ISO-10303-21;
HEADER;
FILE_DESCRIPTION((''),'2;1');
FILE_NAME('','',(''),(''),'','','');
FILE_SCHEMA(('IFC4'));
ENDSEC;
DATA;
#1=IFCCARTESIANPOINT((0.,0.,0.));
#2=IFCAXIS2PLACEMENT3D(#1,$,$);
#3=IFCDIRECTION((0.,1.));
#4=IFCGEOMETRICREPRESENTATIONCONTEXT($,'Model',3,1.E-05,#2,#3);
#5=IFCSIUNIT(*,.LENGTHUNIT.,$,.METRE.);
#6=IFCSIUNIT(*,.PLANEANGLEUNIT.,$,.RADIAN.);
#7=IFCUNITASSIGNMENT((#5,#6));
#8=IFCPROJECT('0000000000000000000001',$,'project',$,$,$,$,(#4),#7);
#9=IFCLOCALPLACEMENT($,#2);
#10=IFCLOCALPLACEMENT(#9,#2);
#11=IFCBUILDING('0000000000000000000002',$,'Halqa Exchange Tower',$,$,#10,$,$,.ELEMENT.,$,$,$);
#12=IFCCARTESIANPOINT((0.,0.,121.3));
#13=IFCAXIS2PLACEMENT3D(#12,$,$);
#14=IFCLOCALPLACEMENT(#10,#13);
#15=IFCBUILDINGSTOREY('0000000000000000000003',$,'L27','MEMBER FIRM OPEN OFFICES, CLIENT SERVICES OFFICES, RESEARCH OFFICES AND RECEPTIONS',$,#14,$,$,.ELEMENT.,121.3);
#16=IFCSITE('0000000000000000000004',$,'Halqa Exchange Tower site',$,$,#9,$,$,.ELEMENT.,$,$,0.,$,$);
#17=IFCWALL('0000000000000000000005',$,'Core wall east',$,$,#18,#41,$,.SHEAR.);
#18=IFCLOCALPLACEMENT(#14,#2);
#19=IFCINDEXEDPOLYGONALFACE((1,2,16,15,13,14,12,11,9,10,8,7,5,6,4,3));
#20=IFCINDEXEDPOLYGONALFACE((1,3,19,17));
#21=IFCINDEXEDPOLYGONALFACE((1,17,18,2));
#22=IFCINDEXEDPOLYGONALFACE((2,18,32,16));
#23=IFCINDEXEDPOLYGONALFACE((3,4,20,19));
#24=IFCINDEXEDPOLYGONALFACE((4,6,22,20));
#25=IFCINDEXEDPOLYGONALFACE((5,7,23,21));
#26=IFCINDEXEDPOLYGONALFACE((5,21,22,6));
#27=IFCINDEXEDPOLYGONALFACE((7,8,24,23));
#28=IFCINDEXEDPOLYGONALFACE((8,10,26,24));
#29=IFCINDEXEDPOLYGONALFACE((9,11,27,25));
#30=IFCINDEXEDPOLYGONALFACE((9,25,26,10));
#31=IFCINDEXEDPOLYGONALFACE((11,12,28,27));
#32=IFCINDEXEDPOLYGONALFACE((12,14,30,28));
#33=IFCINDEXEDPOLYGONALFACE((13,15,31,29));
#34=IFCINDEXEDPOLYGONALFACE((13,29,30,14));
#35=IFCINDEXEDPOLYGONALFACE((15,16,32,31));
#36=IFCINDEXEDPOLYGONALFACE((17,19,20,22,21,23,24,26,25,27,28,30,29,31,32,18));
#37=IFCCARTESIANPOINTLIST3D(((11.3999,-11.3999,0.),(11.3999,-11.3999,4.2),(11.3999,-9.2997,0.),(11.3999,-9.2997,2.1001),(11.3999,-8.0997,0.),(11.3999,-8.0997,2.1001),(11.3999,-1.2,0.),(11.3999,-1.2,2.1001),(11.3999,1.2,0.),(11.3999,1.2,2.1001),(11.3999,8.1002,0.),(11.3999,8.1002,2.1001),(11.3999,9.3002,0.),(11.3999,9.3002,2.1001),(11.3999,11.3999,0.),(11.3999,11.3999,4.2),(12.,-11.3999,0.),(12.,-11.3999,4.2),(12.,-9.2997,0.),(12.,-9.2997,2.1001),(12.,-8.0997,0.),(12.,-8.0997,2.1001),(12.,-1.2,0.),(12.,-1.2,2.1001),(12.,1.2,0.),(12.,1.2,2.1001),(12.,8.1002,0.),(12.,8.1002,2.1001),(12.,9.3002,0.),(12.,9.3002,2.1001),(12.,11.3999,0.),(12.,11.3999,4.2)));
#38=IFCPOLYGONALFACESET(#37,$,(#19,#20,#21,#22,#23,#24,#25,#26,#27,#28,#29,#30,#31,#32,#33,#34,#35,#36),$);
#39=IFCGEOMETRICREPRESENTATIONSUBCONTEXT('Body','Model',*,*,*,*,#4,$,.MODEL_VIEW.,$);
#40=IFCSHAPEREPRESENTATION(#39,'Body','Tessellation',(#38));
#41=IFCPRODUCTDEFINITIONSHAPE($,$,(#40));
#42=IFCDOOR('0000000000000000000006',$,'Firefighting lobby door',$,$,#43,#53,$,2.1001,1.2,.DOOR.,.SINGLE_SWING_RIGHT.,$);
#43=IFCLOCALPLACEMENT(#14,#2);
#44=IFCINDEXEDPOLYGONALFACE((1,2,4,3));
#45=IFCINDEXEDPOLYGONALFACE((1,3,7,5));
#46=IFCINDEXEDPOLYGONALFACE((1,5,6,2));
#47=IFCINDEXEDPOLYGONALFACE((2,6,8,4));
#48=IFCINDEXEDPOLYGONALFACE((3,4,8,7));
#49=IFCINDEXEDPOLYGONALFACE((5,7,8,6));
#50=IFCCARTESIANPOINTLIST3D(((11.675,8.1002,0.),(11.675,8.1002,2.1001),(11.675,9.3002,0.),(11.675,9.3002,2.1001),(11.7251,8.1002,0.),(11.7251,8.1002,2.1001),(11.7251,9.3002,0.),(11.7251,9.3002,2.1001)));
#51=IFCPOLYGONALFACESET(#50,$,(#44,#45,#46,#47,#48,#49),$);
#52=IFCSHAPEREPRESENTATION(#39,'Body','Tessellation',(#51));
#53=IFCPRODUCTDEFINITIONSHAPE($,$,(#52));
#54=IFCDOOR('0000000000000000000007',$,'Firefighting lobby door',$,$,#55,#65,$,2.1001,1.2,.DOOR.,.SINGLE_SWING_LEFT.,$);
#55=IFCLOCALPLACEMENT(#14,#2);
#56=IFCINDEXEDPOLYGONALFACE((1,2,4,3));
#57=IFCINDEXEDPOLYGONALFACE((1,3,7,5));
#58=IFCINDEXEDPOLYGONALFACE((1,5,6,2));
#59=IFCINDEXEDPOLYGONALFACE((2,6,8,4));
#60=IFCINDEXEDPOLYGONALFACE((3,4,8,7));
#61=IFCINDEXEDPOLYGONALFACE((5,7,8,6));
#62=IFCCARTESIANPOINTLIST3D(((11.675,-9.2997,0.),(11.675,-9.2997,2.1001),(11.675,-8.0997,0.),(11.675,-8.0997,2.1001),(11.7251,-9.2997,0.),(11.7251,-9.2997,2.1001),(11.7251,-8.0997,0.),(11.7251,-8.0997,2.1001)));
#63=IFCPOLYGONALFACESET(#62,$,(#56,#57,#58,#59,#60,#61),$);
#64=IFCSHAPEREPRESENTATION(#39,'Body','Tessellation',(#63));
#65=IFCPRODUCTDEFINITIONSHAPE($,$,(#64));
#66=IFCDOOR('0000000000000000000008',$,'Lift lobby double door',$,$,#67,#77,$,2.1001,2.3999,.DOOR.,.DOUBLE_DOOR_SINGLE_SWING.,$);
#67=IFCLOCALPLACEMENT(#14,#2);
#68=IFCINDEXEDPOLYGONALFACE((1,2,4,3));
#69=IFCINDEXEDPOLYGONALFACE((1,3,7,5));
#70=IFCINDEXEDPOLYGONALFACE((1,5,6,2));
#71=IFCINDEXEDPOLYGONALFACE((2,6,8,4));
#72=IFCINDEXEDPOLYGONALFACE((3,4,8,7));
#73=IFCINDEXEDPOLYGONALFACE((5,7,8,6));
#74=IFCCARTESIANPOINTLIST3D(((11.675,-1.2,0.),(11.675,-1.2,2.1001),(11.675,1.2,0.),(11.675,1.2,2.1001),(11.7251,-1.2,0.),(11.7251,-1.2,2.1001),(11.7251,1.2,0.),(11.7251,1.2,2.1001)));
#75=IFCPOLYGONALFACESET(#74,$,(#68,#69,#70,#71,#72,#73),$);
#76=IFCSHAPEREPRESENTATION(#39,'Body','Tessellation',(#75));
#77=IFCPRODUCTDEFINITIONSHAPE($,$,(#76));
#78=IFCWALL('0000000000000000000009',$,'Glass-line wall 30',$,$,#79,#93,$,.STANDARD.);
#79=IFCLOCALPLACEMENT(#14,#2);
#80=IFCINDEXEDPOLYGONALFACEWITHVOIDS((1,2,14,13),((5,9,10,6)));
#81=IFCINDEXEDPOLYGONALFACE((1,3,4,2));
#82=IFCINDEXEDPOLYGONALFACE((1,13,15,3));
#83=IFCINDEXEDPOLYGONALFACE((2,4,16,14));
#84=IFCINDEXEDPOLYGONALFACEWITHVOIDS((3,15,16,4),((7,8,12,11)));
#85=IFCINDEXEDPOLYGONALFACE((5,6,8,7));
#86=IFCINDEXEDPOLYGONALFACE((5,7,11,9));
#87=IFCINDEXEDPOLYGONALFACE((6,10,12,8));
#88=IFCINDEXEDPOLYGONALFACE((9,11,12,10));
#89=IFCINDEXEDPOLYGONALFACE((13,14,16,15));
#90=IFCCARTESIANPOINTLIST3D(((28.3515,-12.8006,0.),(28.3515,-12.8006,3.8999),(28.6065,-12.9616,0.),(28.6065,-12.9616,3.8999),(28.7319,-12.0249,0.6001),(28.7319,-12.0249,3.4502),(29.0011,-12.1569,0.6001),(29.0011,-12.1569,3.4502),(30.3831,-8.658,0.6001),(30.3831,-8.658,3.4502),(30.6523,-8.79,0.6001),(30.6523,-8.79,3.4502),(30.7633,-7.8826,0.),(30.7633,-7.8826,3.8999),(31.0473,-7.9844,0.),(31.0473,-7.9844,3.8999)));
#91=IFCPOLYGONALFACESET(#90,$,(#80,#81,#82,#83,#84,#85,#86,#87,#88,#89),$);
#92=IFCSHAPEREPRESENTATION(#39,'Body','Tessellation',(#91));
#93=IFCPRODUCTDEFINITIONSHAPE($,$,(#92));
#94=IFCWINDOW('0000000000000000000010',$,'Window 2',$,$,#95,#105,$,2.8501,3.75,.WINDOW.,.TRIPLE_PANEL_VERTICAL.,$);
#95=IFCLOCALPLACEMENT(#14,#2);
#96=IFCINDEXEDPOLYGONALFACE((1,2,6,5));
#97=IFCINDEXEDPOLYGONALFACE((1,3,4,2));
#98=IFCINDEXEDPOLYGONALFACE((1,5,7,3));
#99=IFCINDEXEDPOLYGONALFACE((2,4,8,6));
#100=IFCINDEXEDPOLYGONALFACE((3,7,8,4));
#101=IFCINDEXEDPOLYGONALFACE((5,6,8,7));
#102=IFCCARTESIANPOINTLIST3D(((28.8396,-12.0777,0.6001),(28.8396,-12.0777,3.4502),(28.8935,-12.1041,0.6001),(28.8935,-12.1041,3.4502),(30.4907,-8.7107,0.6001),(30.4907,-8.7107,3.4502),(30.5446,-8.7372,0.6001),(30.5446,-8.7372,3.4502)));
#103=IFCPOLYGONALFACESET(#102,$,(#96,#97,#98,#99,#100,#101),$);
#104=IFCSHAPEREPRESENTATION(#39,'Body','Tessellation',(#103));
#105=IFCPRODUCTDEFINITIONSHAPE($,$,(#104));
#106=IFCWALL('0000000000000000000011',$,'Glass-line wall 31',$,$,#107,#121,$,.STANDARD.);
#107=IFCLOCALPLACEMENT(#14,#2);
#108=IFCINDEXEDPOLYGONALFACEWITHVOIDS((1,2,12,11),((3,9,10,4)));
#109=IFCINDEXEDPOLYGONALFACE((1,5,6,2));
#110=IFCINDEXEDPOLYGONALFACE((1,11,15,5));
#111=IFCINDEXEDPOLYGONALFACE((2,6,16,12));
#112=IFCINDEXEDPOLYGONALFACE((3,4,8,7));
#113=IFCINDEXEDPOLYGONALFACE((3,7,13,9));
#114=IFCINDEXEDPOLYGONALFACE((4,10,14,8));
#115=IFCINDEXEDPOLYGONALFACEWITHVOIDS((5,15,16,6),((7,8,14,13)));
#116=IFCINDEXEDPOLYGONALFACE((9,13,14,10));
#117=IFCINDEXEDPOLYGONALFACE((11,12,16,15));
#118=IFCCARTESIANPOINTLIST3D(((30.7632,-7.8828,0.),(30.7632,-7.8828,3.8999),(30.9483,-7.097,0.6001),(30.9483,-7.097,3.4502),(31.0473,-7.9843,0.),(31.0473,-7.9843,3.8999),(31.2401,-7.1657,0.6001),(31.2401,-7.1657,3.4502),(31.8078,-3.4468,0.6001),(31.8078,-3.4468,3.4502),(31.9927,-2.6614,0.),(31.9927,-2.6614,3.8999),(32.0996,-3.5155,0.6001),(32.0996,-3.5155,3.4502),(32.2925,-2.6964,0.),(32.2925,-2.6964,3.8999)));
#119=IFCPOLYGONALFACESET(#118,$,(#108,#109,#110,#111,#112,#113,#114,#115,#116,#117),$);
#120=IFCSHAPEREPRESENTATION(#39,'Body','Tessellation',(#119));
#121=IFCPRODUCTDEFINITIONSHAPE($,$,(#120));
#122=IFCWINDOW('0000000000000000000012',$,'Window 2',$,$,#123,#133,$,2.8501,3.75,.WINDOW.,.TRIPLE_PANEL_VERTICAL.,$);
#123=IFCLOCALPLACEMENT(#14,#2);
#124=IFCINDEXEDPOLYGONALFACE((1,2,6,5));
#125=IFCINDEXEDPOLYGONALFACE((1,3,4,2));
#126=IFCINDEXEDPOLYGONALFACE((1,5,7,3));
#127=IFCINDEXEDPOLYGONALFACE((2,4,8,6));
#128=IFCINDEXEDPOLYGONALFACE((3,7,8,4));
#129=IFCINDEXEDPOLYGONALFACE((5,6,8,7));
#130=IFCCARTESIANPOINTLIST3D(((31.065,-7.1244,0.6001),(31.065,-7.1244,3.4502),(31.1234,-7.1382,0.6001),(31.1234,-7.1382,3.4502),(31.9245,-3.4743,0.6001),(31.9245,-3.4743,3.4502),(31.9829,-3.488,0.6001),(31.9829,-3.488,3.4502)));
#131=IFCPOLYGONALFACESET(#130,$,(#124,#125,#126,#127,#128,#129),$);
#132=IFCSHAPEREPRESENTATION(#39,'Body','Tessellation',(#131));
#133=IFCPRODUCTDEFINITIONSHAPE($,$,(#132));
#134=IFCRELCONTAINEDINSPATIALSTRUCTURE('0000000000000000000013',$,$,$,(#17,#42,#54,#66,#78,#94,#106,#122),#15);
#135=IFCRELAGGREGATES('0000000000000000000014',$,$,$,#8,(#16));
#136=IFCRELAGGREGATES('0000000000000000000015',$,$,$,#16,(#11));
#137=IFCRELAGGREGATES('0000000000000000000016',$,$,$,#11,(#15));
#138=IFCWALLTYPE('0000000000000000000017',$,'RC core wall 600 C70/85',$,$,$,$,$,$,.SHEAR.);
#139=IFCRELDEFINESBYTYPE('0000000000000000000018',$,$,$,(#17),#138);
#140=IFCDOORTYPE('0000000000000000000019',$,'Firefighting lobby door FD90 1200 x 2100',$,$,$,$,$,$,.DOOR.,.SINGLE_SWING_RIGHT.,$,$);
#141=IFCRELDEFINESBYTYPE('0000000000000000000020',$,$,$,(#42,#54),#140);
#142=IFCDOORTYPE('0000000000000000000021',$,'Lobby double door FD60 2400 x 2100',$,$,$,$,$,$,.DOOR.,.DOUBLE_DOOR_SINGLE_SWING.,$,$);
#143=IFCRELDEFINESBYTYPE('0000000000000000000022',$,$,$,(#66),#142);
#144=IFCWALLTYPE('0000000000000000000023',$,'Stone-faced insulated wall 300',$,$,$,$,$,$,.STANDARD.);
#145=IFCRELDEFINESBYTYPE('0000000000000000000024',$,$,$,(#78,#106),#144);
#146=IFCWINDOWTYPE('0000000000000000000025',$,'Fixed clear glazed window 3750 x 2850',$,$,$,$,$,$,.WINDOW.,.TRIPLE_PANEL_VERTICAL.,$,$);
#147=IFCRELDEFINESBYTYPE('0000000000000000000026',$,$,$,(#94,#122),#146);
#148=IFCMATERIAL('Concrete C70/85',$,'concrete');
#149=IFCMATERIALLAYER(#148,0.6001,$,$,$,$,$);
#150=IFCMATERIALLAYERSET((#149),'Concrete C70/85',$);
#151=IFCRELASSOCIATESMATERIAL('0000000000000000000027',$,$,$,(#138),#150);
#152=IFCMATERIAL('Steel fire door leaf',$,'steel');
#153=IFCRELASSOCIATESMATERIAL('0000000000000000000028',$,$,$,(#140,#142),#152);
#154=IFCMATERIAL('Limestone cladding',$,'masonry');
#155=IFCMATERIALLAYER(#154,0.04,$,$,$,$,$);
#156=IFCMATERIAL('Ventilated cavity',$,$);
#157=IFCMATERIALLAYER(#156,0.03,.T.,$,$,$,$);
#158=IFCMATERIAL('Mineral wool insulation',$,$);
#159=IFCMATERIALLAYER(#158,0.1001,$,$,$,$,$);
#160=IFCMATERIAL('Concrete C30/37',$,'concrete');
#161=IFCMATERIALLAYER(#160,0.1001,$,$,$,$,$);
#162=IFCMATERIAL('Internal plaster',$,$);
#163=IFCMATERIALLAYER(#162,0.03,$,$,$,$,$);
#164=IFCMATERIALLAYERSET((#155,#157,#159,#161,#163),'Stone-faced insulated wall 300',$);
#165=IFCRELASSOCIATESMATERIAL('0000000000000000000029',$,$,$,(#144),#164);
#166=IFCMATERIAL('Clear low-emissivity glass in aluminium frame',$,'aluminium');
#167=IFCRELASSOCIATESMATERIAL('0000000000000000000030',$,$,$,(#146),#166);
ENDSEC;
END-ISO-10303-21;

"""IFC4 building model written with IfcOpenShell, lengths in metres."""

from ifc_helpers import new_model, si_unit, direction, frame, frame_2d, origin, place, context, subcontext, project, spatial, polyline, rectangle, outline, extrude, material, layer, layer_set, type_object, element, fill, save


model = new_model("IFC4")

# Units and contexts
model_context = context("Model", 3, precision=1e-05, world=origin(), true_north=direction((0.0, 1.0)))
body_context = subcontext(model_context, "Body", "Model", "MODEL_VIEW")
ifc_project = project(units=[si_unit("LENGTHUNIT", "METRE"), si_unit("PLANEANGLEUNIT", "RADIAN")], contexts=[model_context])

# Site, building, storey
site_placement = place(None, origin())
site = spatial("IfcSite", under=ifc_project, at=site_placement, Name="Halqa Exchange Tower site", CompositionType="ELEMENT", RefElevation=0.0)
building_placement = place(site_placement, origin())
building = spatial("IfcBuilding", under=site, at=building_placement, Name="Halqa Exchange Tower", CompositionType="ELEMENT")
storey_placement = place(building_placement, frame((0.0, 0.0, 121.3)))
storey = spatial("IfcBuildingStorey", under=building, at=storey_placement, Name="L27", Description="MEMBER FIRM OPEN OFFICES, CLIENT SERVICES OFFICES, RESEARCH OFFICES AND RECEPTIONS", CompositionType="ELEMENT", Elevation=121.3)

# Shared definitions
ifc_material_1 = material(Name="Concrete C70/85", Category="concrete")

# Wall, openings, doors
ifc_layer_1 = layer(ifc_material_1, 0.6001)
ifc_layer_set_1 = layer_set([ifc_layer_1], Name="Concrete C70/85")
wall_type_1 = type_object("IfcWallType", Name="RC core wall 600 C70/85", PredefinedType="SHEAR", material=ifc_layer_set_1)
wall_1_placement = place(storey_placement, frame((11.7, -11.3999, 0.0), z_axis=(0.0, 0.0, 1.0), x_axis=(0.0, 1.0, 0.0)))
wall_1 = element("IfcWall", 1, at=wall_1_placement, inside=storey, type_object=wall_type_1, Name="Core wall east", PredefinedType="SHEAR", context=body_context, shape_type="SweptSolid", body=[
    extrude(rectangle(XDim=22.7998, YDim=0.6001, at=frame_2d((11.3999, 0.0))), origin(), (0.0, 0.0, 1.0), 4.2),
])
opening_1_placement = place(wall_1_placement, frame((10.2, 0.0, 0.0)))
opening_1 = element("IfcOpeningElement", 2, at=opening_1_placement, cuts=wall_1, PredefinedType="OPENING", context=body_context, shape_type="SweptSolid", body=[
    extrude(rectangle(XDim=2.3999, YDim=2.1001, at=frame_2d((1.2, 1.05))), frame((0.0, 0.312, 0.0), z_axis=(0.0, -1.0, 0.0), x_axis=(1.0, 0.0, 0.0)), (0.0, 0.0, 1.0), 0.624),
])
opening_2_placement = place(wall_1_placement, frame((19.5, 0.0, 0.0)))
opening_2 = element("IfcOpeningElement", 3, at=opening_2_placement, cuts=wall_1, PredefinedType="OPENING", context=body_context, shape_type="SweptSolid", body=[
    extrude(rectangle(XDim=1.2, YDim=2.1001, at=frame_2d((0.6001, 1.05))), frame((0.0, 0.312, 0.0), z_axis=(0.0, -1.0, 0.0), x_axis=(1.0, 0.0, 0.0)), (0.0, 0.0, 1.0), 0.624),
])
opening_3_placement = place(wall_1_placement, frame((2.1001, 0.0, 0.0)))
opening_3 = element("IfcOpeningElement", 4, at=opening_3_placement, cuts=wall_1, PredefinedType="OPENING", context=body_context, shape_type="SweptSolid", body=[
    extrude(rectangle(XDim=1.2, YDim=2.1001, at=frame_2d((0.6001, 1.05))), frame((0.0, 0.312, 0.0), z_axis=(0.0, -1.0, 0.0), x_axis=(1.0, 0.0, 0.0)), (0.0, 0.0, 1.0), 0.624),
])
ifc_material_2 = material(Name="Steel fire door leaf", Category="steel")
door_type_1 = type_object("IfcDoorType", Name="Firefighting lobby door FD90 1200 x 2100", OperationType="SINGLE_SWING_RIGHT", PredefinedType="DOOR", material=ifc_material_2)
door_1_placement = place(opening_2_placement, origin())
door_1 = element("IfcDoor", 5, at=door_1_placement, inside=storey, type_object=door_type_1, Name="Firefighting lobby door", OperationType="SINGLE_SWING_RIGHT", OverallHeight=2.1001, OverallWidth=1.2, PredefinedType="DOOR", context=body_context, shape_type="SweptSolid", body=[
    extrude(rectangle(XDim=1.2, YDim=2.1001, at=frame_2d((0.6001, 1.05))), frame((0.0, 0.0249, 0.0), z_axis=(0.0, -1.0, 0.0), x_axis=(1.0, 0.0, 0.0)), (0.0, 0.0, 1.0), 0.05),
])
fill(opening_2, door_1)
door_2_placement = place(opening_3_placement, origin())
door_2 = element("IfcDoor", 6, at=door_2_placement, inside=storey, type_object=door_type_1, Name="Firefighting lobby door", OperationType="SINGLE_SWING_LEFT", OverallHeight=2.1001, OverallWidth=1.2, PredefinedType="DOOR", context=body_context, shape_type="SweptSolid", body=[
    extrude(rectangle(XDim=1.2, YDim=2.1001, at=frame_2d((0.6001, 1.05))), frame((0.0, 0.0249, 0.0), z_axis=(0.0, -1.0, 0.0), x_axis=(1.0, 0.0, 0.0)), (0.0, 0.0, 1.0), 0.05),
])
fill(opening_3, door_2)
door_type_2 = type_object("IfcDoorType", Name="Lobby double door FD60 2400 x 2100", OperationType="DOUBLE_DOOR_SINGLE_SWING", PredefinedType="DOOR", material=ifc_material_2)
door_3_placement = place(opening_1_placement, origin())
door_3 = element("IfcDoor", 7, at=door_3_placement, inside=storey, type_object=door_type_2, Name="Lift lobby double door", OperationType="DOUBLE_DOOR_SINGLE_SWING", OverallHeight=2.1001, OverallWidth=2.3999, PredefinedType="DOOR", context=body_context, shape_type="SweptSolid", body=[
    extrude(rectangle(XDim=2.3999, YDim=2.1001, at=frame_2d((1.2, 1.05))), frame((0.0, 0.0249, 0.0), z_axis=(0.0, -1.0, 0.0), x_axis=(1.0, 0.0, 0.0)), (0.0, 0.0, 1.0), 0.05),
])
fill(opening_1, door_3)

# Walls, openings, windows
ifc_material_3 = material(Name="Limestone cladding", Category="masonry")
ifc_layer_2 = layer(ifc_material_3, 0.04)
ifc_material_4 = material(Name="Ventilated cavity")
ifc_layer_3 = layer(ifc_material_4, 0.03, ventilated=True)
ifc_material_5 = material(Name="Mineral wool insulation")
ifc_layer_4 = layer(ifc_material_5, 0.1001)
ifc_material_6 = material(Name="Concrete C30/37", Category="concrete")
ifc_layer_5 = layer(ifc_material_6, 0.1001)
ifc_material_7 = material(Name="Internal plaster")
ifc_layer_6 = layer(ifc_material_7, 0.03)
ifc_layer_set_2 = layer_set([ifc_layer_2, ifc_layer_3, ifc_layer_4, ifc_layer_5, ifc_layer_6], Name="Stone-faced insulated wall 300")
wall_type_2 = type_object("IfcWallType", Name="Stone-faced insulated wall 300", PredefinedType="STANDARD", material=ifc_layer_set_2)
wall_2_placement = place(storey_placement, frame((28.479, -12.8811, 0.0), z_axis=(0.0, 0.0, 1.0), x_axis=(0.440306, 0.897848, 0.0)))
wall_2 = element("IfcWall", 8, at=wall_2_placement, inside=storey, type_object=wall_type_2, Name="Glass-line wall 30", PredefinedType="STANDARD", context=body_context, shape_type="SweptSolid", body=[
    extrude(outline(polyline([(-0.0161, -0.1499), (5.5273, -0.1499), (5.4937, 0.1499), (0.0161, 0.1499), (-0.0161, -0.1499)])), origin(), (0.0, 0.0, 1.0), 3.8999),
])
opening_4_placement = place(wall_2_placement, frame((0.8801, 0.0, 0.6001)))
opening_4 = element("IfcOpeningElement", 9, at=opening_4_placement, cuts=wall_2, PredefinedType="OPENING", context=body_context, shape_type="SweptSolid", body=[
    extrude(rectangle(XDim=3.75, YDim=2.8501, at=frame_2d((1.875, 1.425))), frame((0.0, 0.1621, 0.0), z_axis=(0.0, -1.0, 0.0), x_axis=(1.0, 0.0, 0.0)), (0.0, 0.0, 1.0), 0.324),
])
ifc_material_8 = material(Name="Clear low-emissivity glass in aluminium frame", Category="aluminium")
window_type = type_object("IfcWindowType", Name="Fixed clear glazed window 3750 x 2850", PartitioningType="TRIPLE_PANEL_VERTICAL", PredefinedType="WINDOW", material=ifc_material_8)
window_1_placement = place(opening_4_placement, origin())
window_1 = element("IfcWindow", 10, at=window_1_placement, inside=storey, type_object=window_type, Name="Window 2", OverallHeight=2.8501, OverallWidth=3.75, PartitioningType="TRIPLE_PANEL_VERTICAL", PredefinedType="WINDOW", context=body_context, shape_type="SweptSolid", body=[
    extrude(rectangle(XDim=3.75, YDim=2.8501, at=frame_2d((1.875, 1.425))), frame((0.0, 0.03, 0.0), z_axis=(0.0, -1.0, 0.0), x_axis=(1.0, 0.0, 0.0)), (0.0, 0.0, 1.0), 0.0601),
])
fill(opening_4, window_1)
wall_3_placement = place(storey_placement, frame((30.9053, -7.9336, 0.0), z_axis=(0.0, 0.0, 1.0), x_axis=(0.229201, 0.973379, 0.0)))
wall_3 = element("IfcWall", 11, at=wall_3_placement, inside=storey, type_object=wall_type_2, Name="Glass-line wall 31", PredefinedType="STANDARD", context=body_context, shape_type="SweptSolid", body=[
    extrude(outline(polyline([(-0.0168, -0.1499), (5.4158, -0.1499), (5.3811, 0.1499), (0.0168, 0.1499), (-0.0168, -0.1499)])), origin(), (0.0, 0.0, 1.0), 3.8999),
])
opening_5_placement = place(wall_3_placement, frame((0.8242, 0.0, 0.6001)))
opening_5 = element("IfcOpeningElement", 12, at=opening_5_placement, cuts=wall_3, PredefinedType="OPENING", context=body_context, shape_type="SweptSolid", body=[
    extrude(rectangle(XDim=3.75, YDim=2.8501, at=frame_2d((1.875, 1.425))), frame((0.0, 0.1621, 0.0), z_axis=(0.0, -1.0, 0.0), x_axis=(1.0, 0.0, 0.0)), (0.0, 0.0, 1.0), 0.324),
])
window_2_placement = place(opening_5_placement, origin())
window_2 = element("IfcWindow", 13, at=window_2_placement, inside=storey, type_object=window_type, Name="Window 2", OverallHeight=2.8501, OverallWidth=3.75, PartitioningType="TRIPLE_PANEL_VERTICAL", PredefinedType="WINDOW", context=body_context, shape_type="SweptSolid", body=[
    extrude(rectangle(XDim=3.75, YDim=2.8501, at=frame_2d((1.875, 1.425))), frame((0.0, 0.03, 0.0), z_axis=(0.0, -1.0, 0.0), x_axis=(1.0, 0.0, 0.0)), (0.0, 0.0, 1.0), 0.0601),
])
fill(opening_5, window_2)

save(model, "model.ifc")
